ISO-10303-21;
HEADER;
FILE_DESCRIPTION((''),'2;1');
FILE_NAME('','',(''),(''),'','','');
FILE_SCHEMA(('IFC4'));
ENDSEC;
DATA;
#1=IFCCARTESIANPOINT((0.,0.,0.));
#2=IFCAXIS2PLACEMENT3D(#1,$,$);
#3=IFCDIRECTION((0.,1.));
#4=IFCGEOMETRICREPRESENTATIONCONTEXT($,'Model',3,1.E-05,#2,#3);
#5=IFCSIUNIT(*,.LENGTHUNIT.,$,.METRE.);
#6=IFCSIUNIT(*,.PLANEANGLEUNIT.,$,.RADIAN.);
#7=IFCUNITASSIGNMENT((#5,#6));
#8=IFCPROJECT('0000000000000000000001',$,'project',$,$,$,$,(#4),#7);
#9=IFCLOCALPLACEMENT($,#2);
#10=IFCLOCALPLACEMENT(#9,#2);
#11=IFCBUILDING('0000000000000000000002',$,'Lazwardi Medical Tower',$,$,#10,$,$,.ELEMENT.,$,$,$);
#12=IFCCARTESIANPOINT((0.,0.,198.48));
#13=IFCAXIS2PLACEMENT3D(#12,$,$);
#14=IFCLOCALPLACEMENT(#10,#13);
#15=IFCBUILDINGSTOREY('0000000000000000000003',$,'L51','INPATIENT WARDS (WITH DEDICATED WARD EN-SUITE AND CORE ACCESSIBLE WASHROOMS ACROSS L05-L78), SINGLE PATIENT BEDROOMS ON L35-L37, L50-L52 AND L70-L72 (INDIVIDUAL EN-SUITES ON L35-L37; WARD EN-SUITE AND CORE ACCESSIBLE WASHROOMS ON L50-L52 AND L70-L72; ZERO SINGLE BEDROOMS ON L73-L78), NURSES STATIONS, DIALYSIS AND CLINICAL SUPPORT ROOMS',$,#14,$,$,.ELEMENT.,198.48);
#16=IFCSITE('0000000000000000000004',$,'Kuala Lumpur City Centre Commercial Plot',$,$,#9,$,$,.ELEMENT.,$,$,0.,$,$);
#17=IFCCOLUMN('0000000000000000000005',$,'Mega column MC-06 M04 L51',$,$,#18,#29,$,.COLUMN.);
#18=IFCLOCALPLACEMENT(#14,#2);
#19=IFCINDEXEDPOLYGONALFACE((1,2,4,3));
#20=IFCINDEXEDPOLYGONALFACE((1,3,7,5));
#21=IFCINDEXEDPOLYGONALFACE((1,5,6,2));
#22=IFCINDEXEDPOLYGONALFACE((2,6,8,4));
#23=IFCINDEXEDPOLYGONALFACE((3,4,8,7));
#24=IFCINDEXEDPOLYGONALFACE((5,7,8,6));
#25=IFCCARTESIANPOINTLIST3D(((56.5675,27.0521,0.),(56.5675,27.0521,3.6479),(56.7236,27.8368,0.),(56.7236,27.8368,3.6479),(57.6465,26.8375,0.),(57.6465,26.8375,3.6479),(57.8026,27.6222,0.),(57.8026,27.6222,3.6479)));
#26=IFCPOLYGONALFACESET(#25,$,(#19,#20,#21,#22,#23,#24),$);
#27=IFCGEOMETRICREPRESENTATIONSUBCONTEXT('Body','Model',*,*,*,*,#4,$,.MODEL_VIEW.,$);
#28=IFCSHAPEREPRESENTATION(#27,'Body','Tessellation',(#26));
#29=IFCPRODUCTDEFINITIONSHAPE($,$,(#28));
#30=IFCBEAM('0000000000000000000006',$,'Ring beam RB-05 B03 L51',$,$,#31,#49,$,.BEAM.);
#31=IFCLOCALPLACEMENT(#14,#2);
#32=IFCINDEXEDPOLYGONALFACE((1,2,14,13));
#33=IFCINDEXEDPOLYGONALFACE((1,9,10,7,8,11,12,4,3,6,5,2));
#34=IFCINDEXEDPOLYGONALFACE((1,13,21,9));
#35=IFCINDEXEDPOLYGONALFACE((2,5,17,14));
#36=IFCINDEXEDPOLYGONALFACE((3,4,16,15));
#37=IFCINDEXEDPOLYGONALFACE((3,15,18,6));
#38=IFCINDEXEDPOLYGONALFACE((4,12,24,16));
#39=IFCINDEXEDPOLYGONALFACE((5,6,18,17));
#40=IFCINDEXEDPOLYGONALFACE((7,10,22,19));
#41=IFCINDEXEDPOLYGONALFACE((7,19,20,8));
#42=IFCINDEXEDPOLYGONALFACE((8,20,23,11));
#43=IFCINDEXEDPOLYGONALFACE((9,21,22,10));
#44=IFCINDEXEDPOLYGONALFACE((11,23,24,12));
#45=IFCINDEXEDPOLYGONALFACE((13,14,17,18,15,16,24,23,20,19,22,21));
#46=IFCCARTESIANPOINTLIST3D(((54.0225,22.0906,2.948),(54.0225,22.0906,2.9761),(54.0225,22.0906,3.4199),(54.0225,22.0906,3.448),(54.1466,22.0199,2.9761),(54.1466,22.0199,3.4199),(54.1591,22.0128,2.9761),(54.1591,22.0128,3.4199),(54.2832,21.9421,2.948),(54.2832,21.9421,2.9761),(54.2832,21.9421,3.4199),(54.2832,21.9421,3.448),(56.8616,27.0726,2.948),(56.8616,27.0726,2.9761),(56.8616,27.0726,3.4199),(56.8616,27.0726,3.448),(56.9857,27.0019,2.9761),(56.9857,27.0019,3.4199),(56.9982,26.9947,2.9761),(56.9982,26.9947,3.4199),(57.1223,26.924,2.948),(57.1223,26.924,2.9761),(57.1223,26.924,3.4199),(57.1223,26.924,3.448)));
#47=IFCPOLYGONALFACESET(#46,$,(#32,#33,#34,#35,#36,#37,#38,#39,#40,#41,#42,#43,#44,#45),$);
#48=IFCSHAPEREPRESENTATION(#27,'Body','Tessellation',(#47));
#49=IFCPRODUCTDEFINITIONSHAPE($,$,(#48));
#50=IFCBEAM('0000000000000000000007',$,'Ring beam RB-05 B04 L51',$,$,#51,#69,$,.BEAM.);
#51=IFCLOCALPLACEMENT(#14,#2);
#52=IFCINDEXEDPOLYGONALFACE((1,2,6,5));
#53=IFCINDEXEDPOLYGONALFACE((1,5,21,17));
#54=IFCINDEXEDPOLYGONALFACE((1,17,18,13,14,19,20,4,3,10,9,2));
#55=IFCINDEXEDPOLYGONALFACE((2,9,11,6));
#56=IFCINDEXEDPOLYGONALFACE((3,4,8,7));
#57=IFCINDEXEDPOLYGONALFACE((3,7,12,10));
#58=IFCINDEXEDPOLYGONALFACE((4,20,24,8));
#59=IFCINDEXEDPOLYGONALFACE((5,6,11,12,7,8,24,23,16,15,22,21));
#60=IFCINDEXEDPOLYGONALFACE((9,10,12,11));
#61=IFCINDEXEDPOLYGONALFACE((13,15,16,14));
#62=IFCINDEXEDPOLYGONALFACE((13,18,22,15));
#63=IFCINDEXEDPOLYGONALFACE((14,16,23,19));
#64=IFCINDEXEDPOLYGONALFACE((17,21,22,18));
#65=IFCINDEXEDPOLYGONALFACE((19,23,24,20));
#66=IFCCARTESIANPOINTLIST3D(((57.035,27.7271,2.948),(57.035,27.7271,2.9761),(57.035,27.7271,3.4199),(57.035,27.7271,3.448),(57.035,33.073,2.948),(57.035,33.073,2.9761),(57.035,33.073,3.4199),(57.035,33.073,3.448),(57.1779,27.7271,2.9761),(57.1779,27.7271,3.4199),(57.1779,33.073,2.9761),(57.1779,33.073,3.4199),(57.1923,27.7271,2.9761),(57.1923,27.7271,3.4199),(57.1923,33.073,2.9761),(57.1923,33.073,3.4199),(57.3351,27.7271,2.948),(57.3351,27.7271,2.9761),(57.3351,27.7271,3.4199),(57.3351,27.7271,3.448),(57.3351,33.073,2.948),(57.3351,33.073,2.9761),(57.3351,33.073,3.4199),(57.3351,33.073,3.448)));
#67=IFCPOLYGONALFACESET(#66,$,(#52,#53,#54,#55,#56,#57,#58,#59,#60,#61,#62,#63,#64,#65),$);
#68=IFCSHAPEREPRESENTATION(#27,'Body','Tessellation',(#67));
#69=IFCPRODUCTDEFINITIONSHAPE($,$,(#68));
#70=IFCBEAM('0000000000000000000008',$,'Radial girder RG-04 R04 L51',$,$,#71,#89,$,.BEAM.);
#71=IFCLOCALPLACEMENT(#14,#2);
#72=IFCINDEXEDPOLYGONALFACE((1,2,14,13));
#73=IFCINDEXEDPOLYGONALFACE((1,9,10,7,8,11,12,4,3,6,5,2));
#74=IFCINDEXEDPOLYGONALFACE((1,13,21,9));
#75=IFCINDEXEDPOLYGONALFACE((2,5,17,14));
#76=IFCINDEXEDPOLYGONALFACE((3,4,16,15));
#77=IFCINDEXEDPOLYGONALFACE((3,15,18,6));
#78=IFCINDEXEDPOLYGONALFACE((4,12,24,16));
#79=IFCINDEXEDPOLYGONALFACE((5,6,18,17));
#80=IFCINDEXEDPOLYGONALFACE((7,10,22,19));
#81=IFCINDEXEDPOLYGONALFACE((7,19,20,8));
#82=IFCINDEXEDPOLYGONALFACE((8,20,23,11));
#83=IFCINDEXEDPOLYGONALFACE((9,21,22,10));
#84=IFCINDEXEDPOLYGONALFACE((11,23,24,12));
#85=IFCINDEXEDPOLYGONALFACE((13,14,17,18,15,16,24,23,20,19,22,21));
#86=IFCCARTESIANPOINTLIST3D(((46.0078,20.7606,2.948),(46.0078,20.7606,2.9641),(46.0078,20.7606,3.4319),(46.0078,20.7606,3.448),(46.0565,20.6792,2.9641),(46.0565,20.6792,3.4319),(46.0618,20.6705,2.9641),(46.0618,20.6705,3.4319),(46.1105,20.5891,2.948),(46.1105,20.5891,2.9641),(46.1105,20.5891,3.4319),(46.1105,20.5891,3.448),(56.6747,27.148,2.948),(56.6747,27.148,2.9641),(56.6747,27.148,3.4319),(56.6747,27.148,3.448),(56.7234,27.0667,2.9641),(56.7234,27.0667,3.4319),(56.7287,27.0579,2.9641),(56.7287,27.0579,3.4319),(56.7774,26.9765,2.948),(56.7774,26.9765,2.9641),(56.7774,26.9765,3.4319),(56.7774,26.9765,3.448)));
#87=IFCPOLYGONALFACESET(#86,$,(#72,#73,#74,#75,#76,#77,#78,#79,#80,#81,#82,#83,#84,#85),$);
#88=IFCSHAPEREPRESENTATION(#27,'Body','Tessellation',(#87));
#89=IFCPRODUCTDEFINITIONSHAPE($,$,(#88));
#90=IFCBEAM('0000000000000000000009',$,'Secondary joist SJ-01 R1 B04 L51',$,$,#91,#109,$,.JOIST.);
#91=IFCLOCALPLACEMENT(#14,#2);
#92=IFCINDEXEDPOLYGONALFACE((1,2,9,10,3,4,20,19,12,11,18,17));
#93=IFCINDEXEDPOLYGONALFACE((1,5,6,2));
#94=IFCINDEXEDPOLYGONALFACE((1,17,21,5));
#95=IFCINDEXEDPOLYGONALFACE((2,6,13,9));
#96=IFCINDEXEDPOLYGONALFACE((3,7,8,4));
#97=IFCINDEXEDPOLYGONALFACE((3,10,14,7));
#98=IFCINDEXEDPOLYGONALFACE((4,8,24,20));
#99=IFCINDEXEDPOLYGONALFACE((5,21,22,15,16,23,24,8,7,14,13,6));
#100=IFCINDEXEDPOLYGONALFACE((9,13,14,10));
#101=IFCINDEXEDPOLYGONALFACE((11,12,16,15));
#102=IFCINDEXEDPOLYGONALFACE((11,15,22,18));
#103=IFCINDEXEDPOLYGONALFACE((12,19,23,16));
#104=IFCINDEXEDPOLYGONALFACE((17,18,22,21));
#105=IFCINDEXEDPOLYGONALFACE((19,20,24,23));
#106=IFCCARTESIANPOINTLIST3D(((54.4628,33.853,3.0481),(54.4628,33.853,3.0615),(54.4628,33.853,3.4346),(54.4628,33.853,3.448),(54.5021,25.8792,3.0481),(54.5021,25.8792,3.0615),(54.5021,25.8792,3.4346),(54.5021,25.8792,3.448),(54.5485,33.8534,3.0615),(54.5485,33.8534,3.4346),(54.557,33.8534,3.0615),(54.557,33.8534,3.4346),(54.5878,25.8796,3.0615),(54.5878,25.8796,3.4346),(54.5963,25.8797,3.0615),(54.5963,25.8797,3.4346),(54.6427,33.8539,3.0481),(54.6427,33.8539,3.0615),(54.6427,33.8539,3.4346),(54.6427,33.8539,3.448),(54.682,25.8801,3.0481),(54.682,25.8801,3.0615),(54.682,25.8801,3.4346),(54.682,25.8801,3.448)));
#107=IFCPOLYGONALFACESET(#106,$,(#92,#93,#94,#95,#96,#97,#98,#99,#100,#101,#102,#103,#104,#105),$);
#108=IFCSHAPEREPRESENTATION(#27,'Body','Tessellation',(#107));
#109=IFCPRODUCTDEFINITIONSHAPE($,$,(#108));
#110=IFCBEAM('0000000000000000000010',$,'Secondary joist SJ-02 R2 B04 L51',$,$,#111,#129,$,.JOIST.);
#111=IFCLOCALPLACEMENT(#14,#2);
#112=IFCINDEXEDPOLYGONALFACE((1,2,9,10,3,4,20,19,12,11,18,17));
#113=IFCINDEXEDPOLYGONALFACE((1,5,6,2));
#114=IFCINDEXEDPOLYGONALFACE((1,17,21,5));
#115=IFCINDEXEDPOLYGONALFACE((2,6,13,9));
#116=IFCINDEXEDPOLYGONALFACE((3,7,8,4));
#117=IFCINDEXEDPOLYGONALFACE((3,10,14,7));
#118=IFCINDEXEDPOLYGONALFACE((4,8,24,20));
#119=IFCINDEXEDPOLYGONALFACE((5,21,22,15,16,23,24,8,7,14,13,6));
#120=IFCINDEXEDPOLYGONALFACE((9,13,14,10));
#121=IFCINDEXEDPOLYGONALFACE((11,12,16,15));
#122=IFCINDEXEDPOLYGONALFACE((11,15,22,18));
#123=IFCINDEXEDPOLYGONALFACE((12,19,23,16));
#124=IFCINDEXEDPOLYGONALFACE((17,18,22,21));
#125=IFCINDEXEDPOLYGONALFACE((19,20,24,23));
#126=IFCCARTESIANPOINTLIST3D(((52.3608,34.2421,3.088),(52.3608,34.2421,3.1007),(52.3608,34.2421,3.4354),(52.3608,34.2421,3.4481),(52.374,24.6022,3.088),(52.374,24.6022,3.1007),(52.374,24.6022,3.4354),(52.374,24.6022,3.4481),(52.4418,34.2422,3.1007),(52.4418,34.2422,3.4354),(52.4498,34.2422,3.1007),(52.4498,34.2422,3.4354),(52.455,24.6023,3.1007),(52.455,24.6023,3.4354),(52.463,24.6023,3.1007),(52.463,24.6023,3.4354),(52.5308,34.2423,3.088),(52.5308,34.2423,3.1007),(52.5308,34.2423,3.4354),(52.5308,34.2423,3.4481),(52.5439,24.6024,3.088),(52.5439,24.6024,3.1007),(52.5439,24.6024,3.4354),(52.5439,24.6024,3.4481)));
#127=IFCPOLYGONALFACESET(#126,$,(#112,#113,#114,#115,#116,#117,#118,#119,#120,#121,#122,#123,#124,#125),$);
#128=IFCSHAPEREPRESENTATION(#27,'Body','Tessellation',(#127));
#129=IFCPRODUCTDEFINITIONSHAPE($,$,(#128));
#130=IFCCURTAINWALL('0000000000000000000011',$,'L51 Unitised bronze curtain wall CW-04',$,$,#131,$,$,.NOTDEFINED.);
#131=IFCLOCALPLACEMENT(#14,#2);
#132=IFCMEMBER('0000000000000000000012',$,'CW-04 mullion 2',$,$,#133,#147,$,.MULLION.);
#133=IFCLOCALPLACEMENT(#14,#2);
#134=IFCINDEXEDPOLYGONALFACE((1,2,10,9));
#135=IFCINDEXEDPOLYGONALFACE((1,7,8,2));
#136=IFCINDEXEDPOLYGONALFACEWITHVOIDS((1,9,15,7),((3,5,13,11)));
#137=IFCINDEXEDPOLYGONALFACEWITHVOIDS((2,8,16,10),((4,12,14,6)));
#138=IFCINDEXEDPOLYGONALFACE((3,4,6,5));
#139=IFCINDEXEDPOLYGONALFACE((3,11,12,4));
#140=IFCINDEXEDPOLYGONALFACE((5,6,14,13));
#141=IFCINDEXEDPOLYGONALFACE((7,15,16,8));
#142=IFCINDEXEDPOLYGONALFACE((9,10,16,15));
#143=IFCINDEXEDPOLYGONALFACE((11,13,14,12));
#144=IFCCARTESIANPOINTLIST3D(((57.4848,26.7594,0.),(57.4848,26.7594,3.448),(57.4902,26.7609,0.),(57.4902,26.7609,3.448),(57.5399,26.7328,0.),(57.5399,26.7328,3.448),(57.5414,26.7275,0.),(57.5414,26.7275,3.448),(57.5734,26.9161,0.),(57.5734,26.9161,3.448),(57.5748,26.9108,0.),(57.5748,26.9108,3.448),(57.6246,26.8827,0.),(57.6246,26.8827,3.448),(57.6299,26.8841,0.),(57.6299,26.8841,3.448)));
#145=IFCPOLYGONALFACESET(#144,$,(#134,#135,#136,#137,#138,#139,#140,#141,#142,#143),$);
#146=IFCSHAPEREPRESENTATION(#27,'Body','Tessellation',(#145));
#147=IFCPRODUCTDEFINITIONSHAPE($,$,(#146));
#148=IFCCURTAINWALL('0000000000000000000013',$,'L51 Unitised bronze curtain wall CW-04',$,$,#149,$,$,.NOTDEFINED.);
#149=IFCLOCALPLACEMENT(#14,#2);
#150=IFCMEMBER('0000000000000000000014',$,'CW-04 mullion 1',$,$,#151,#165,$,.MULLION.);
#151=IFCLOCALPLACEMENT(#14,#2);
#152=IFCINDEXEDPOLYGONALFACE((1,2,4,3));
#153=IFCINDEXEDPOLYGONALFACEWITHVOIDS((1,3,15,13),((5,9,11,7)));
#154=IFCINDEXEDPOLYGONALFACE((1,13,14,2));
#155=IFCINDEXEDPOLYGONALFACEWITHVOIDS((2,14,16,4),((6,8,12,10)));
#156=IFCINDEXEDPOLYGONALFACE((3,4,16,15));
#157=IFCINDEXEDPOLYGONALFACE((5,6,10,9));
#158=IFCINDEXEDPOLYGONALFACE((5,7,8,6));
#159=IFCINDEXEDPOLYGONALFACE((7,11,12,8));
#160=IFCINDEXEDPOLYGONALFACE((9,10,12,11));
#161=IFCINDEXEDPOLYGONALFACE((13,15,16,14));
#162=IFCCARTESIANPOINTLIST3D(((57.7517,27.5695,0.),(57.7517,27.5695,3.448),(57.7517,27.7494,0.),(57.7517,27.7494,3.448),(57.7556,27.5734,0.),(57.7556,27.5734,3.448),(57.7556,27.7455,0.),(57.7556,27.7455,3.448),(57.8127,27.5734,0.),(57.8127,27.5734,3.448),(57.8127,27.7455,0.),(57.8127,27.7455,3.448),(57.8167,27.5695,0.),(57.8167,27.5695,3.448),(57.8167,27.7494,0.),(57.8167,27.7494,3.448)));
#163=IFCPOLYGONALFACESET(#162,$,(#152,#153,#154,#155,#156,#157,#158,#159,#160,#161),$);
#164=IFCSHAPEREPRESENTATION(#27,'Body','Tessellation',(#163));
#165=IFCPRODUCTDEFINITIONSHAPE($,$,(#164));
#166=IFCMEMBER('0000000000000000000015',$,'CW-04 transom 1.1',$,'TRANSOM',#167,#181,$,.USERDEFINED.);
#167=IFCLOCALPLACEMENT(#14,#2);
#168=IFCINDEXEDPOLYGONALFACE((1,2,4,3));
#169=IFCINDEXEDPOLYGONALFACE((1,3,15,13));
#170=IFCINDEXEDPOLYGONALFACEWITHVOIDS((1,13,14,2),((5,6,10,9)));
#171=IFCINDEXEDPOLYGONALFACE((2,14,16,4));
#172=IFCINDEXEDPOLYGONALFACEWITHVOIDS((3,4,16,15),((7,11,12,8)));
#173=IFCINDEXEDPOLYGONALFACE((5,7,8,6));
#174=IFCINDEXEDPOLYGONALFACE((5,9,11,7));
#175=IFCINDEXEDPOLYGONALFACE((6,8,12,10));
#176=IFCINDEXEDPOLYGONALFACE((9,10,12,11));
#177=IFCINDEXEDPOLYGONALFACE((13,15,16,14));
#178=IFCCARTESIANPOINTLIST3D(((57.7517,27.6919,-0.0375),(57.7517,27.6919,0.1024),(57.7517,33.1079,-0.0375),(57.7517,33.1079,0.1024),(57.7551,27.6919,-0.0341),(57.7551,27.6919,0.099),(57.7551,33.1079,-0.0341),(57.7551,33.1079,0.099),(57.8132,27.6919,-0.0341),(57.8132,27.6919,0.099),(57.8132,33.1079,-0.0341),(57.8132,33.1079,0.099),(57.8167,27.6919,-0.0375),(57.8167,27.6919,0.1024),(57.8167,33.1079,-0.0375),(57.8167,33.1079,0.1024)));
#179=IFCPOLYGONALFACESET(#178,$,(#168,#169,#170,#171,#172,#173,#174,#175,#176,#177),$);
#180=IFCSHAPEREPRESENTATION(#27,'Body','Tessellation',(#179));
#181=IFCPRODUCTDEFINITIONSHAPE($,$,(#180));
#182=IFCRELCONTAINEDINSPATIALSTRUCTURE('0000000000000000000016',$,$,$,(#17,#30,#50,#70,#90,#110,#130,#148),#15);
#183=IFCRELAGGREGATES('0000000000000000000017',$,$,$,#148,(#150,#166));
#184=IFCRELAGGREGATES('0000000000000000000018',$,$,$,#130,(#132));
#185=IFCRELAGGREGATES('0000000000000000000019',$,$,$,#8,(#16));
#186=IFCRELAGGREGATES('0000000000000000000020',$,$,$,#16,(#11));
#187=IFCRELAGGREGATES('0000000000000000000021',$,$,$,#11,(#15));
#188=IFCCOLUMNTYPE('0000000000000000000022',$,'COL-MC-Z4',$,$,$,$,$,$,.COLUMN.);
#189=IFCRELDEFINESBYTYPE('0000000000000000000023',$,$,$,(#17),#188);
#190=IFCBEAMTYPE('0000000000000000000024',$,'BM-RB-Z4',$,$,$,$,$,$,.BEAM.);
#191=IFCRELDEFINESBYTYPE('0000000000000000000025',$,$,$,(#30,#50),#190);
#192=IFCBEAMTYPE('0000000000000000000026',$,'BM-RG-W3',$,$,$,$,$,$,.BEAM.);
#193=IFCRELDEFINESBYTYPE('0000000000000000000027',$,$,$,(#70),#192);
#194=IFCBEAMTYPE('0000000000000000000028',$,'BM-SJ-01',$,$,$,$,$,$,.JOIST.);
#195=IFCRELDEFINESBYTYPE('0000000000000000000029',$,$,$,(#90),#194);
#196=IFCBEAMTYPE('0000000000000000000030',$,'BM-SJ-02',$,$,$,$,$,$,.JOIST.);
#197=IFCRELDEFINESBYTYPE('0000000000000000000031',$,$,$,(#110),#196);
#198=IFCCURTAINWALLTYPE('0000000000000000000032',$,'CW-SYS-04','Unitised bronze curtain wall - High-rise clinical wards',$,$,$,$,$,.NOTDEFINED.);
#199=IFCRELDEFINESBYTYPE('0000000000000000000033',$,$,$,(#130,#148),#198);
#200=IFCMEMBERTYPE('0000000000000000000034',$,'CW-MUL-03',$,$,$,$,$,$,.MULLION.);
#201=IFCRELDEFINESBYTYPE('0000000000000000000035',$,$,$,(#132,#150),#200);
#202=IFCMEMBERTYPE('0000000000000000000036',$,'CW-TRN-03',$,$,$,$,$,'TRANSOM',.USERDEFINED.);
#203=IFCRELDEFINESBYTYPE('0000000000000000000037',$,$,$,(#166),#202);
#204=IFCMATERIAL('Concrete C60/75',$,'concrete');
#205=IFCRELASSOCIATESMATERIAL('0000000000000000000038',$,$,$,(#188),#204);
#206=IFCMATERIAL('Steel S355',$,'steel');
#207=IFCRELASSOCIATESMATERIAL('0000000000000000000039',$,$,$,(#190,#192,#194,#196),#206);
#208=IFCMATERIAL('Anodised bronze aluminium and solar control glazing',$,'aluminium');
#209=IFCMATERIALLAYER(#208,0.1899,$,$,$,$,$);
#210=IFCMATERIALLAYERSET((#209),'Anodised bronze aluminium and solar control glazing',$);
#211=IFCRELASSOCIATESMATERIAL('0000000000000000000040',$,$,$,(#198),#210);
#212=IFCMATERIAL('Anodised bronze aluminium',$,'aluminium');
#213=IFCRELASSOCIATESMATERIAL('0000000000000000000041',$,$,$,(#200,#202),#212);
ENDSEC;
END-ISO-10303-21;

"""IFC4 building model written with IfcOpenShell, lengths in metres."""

from ifc_helpers import new_model, si_unit, direction, frame, origin, origin_2d, place, context, subcontext, project, spatial, rectangle, hollow_rectangle, i_section, extrude, material, layer, layer_set, material_profile, profile_set, type_object, element, aggregate, save


model = new_model("IFC4")

# Units and contexts
model_context = context("Model", 3, precision=1e-05, world=origin(), true_north=direction((0.0, 1.0)))
body_context = subcontext(model_context, "Body", "Model", "MODEL_VIEW")
ifc_project = project(units=[si_unit("LENGTHUNIT", "METRE"), si_unit("PLANEANGLEUNIT", "RADIAN")], contexts=[model_context])

# Site, building, storey
site_placement = place(None, origin())
site = spatial("IfcSite", under=ifc_project, at=site_placement, Name="Kuala Lumpur City Centre Commercial Plot", CompositionType="ELEMENT", RefElevation=0.0)
building_placement = place(site_placement, origin())
building = spatial("IfcBuilding", under=site, at=building_placement, Name="Lazwardi Medical Tower", CompositionType="ELEMENT")
storey_placement = place(building_placement, frame((0.0, 0.0, 198.48)))
storey = spatial("IfcBuildingStorey", under=building, at=storey_placement, Name="L51", Description="INPATIENT WARDS (WITH DEDICATED WARD EN-SUITE AND CORE ACCESSIBLE WASHROOMS ACROSS L05-L78), SINGLE PATIENT BEDROOMS ON L35-L37, L50-L52 AND L70-L72 (INDIVIDUAL EN-SUITES ON L35-L37; WARD EN-SUITE AND CORE ACCESSIBLE WASHROOMS ON L50-L52 AND L70-L72; ZERO SINGLE BEDROOMS ON L73-L78), NURSES STATIONS, DIALYSIS AND CLINICAL SUPPORT ROOMS", CompositionType="ELEMENT", Elevation=198.48)

# Column
ifc_material_1 = material(Name="Concrete C60/75", Category="concrete")
ifc_material_profile_1 = material_profile(ifc_material_1, rectangle(XDim=1.1001, YDim=0.8, at=origin_2d()), Name="CFT-RECT 1100x800")
ifc_profile_set_1 = profile_set([ifc_material_profile_1], Name="Concrete C60/75")
column_type = type_object("IfcColumnType", Name="COL-MC-Z4", PredefinedType="COLUMN", material=ifc_profile_set_1)
column_placement = place(storey_placement, frame((57.1851, 27.3372, 0.0), z_axis=(0.0, 0.0, 1.0), x_axis=(0.980785, -0.19509, 0.0)))
element("IfcColumn", 1, at=column_placement, inside=storey, type_object=column_type, Name="Mega column MC-06 M04 L51", PredefinedType="COLUMN", context=body_context, shape_type="SweptSolid", body=[
    extrude(rectangle(XDim=1.1001, YDim=0.8, at=origin_2d()), origin(), (0.0, 0.0, 1.0), 3.6479),
])

# Beams
ifc_material_2 = material(Name="Steel S355", Category="steel")
ifc_material_profile_2 = material_profile(ifc_material_2, i_section(OverallWidth=0.3, OverallDepth=0.5, WebThickness=0.0144, FlangeThickness=0.0281, at=origin_2d()), Name="HEB 500")
ifc_profile_set_2 = profile_set([ifc_material_profile_2], Name="Steel S355")
beam_type_1 = type_object("IfcBeamType", Name="BM-RB-Z4", PredefinedType="BEAM", material=ifc_profile_set_2)
beam_1_placement = place(storey_placement, frame((54.1528, 22.0164, 3.198), z_axis=(0.495125, 0.868822, 0.0), x_axis=(-0.868822, 0.495125, 0.0)))
element("IfcBeam", 2, at=beam_1_placement, inside=storey, type_object=beam_type_1, Name="Ring beam RB-05 B03 L51", PredefinedType="BEAM", context=body_context, shape_type="SweptSolid", body=[
    extrude(i_section(OverallWidth=0.3, OverallDepth=0.5, WebThickness=0.0144, FlangeThickness=0.0281, at=origin_2d()), origin(), (0.0, 0.0, 1.0), 5.7341),
])
beam_2_placement = place(storey_placement, frame((57.1851, 27.7271, 3.198), z_axis=(0.0, 1.0, 0.0), x_axis=(-1.0, 0.0, 0.0)))
element("IfcBeam", 3, at=beam_2_placement, inside=storey, type_object=beam_type_1, Name="Ring beam RB-05 B04 L51", PredefinedType="BEAM", context=body_context, shape_type="SweptSolid", body=[
    extrude(i_section(OverallWidth=0.3, OverallDepth=0.5, WebThickness=0.0144, FlangeThickness=0.0281, at=origin_2d()), origin(), (0.0, 0.0, 1.0), 5.3459),
])
ifc_material_profile_3 = material_profile(ifc_material_2, i_section(OverallWidth=0.2, OverallDepth=0.5, WebThickness=0.0103, FlangeThickness=0.0161, at=origin_2d()), Name="IPE 500")
ifc_profile_set_3 = profile_set([ifc_material_profile_3], Name="Steel S355")
beam_type_2 = type_object("IfcBeamType", Name="BM-RG-W3", PredefinedType="BEAM", material=ifc_profile_set_3)
beam_3_placement = place(storey_placement, frame((56.7261, 27.0623, 3.198), z_axis=(-0.857945, -0.513742, 0.0), x_axis=(0.513742, -0.857945, 0.0)))
element("IfcBeam", 4, at=beam_3_placement, inside=storey, type_object=beam_type_2, Name="Radial girder RG-04 R04 L51", PredefinedType="BEAM", context=body_context, shape_type="SweptSolid", body=[
    extrude(i_section(OverallWidth=0.2, OverallDepth=0.5, WebThickness=0.0103, FlangeThickness=0.0161, at=origin_2d()), origin(), (0.0, 0.0, 1.0), 12.4331),
])
ifc_material_profile_4 = material_profile(ifc_material_2, i_section(OverallWidth=0.1799, OverallDepth=0.3999, WebThickness=0.0085, FlangeThickness=0.0134, at=origin_2d()), Name="IPE 400")
ifc_profile_set_4 = profile_set([ifc_material_profile_4], Name="Steel S355")
beam_type_3 = type_object("IfcBeamType", Name="BM-SJ-01", PredefinedType="JOIST", material=ifc_profile_set_4)
beam_4_placement = place(storey_placement, frame((54.592, 25.8796, 3.248), z_axis=(-0.004929, 0.999988, 0.0), x_axis=(-0.999988, -0.004929, 0.0)))
element("IfcBeam", 5, at=beam_4_placement, inside=storey, type_object=beam_type_3, Name="Secondary joist SJ-01 R1 B04 L51", PredefinedType="JOIST", context=body_context, shape_type="SweptSolid", body=[
    extrude(i_section(OverallWidth=0.1799, OverallDepth=0.3999, WebThickness=0.0085, FlangeThickness=0.0134, at=origin_2d()), origin(), (0.0, 0.0, 1.0), 7.9739),
])
ifc_material_profile_5 = material_profile(ifc_material_2, i_section(OverallWidth=0.1699, OverallDepth=0.3601, WebThickness=0.0081, FlangeThickness=0.0127, at=origin_2d()), Name="IPE 360")
ifc_profile_set_5 = profile_set([ifc_material_profile_5], Name="Steel S355")
beam_type_4 = type_object("IfcBeamType", Name="BM-SJ-02", PredefinedType="JOIST", material=ifc_profile_set_5)
beam_5_placement = place(storey_placement, frame((52.459, 24.6023, 3.2681), z_axis=(-0.001368, 0.999999, 0.0), x_axis=(-0.999999, -0.001368, 0.0)))
element("IfcBeam", 6, at=beam_5_placement, inside=storey, type_object=beam_type_4, Name="Secondary joist SJ-02 R2 B04 L51", PredefinedType="JOIST", context=body_context, shape_type="SweptSolid", body=[
    extrude(i_section(OverallWidth=0.1699, OverallDepth=0.3601, WebThickness=0.0081, FlangeThickness=0.0127, at=origin_2d()), origin(), (0.0, 0.0, 1.0), 9.6399),
])

# Curtain wall, member
ifc_material_3 = material(Name="Anodised bronze aluminium and solar control glazing", Category="aluminium")
ifc_layer_1 = layer(ifc_material_3, 0.1899)
ifc_layer_set_1 = layer_set([ifc_layer_1], Name="Anodised bronze aluminium and solar control glazing")
curtain_wall_type = type_object("IfcCurtainWallType", Name="CW-SYS-04", Description="Unitised bronze curtain wall - High-rise clinical wards", PredefinedType="NOTDEFINED", material=ifc_layer_set_1)
curtain_wall_1_placement = place(storey_placement, origin())
curtain_wall_1 = element("IfcCurtainWall", 7, at=curtain_wall_1_placement, inside=storey, type_object=curtain_wall_type, Name="L51 Unitised bronze curtain wall CW-04", PredefinedType="NOTDEFINED")
ifc_material_4 = material(Name="Anodised bronze aluminium", Category="aluminium")
ifc_material_profile_6 = material_profile(ifc_material_4, hollow_rectangle(XDim=0.0649, YDim=0.1799, WallThickness=0.0039, at=origin_2d()), Name="ALU-MULLION 180x65x4")
ifc_profile_set_6 = profile_set([ifc_material_profile_6], Name="Anodised bronze aluminium")
member_type_1 = type_object("IfcMemberType", Name="CW-MUL-03", PredefinedType="MULLION", material=ifc_profile_set_6)
member_1_placement = place(storey_placement, frame((57.5574, 26.8218, 0.0), z_axis=(0.0, 0.0, 1.0), x_axis=(-0.870651, 0.4919, 0.0)))
member_1 = element("IfcMember", 8, at=member_1_placement, type_object=member_type_1, Name="CW-04 mullion 2", PredefinedType="MULLION", context=body_context, shape_type="SweptSolid", body=[
    extrude(hollow_rectangle(XDim=0.0649, YDim=0.1799, WallThickness=0.0039, at=origin_2d()), origin(), (0.0, 0.0, 1.0), 3.448),
])

# Curtain wall, members
curtain_wall_2_placement = place(storey_placement, origin())
curtain_wall_2 = element("IfcCurtainWall", 9, at=curtain_wall_2_placement, inside=storey, type_object=curtain_wall_type, Name="L51 Unitised bronze curtain wall CW-04", PredefinedType="NOTDEFINED")
member_2_placement = place(storey_placement, frame((57.7842, 27.6594, 0.0), z_axis=(0.0, 0.0, 1.0), x_axis=(-1.0, 0.0, 0.0)))
member_2 = element("IfcMember", 10, at=member_2_placement, type_object=member_type_1, Name="CW-04 mullion 1", PredefinedType="MULLION", context=body_context, shape_type="SweptSolid", body=[
    extrude(hollow_rectangle(XDim=0.0649, YDim=0.1799, WallThickness=0.0039, at=origin_2d()), origin(), (0.0, 0.0, 1.0), 3.448),
])
ifc_material_profile_7 = material_profile(ifc_material_4, hollow_rectangle(XDim=0.0649, YDim=0.1399, WallThickness=0.0034, at=origin_2d()), Name="ALU-TRANSOM 140x65x3.5")
ifc_profile_set_7 = profile_set([ifc_material_profile_7], Name="Anodised bronze aluminium")
member_type_2 = type_object("IfcMemberType", Name="CW-TRN-03", ElementType="TRANSOM", PredefinedType="USERDEFINED", material=ifc_profile_set_7)
member_3_placement = place(storey_placement, frame((57.7842, 27.6919, 0.0325), z_axis=(0.0, 1.0, 0.0), x_axis=(-1.0, 0.0, 0.0)))
member_3 = element("IfcMember", 11, at=member_3_placement, type_object=member_type_2, Name="CW-04 transom 1.1", ObjectType="TRANSOM", PredefinedType="USERDEFINED", context=body_context, shape_type="SweptSolid", body=[
    extrude(hollow_rectangle(XDim=0.0649, YDim=0.1399, WallThickness=0.0034, at=origin_2d()), origin(), (0.0, 0.0, 1.0), 5.416),
])
aggregate(curtain_wall_2, [member_2, member_3])

aggregate(curtain_wall_1, [member_1])

save(model, "model.ifc")
